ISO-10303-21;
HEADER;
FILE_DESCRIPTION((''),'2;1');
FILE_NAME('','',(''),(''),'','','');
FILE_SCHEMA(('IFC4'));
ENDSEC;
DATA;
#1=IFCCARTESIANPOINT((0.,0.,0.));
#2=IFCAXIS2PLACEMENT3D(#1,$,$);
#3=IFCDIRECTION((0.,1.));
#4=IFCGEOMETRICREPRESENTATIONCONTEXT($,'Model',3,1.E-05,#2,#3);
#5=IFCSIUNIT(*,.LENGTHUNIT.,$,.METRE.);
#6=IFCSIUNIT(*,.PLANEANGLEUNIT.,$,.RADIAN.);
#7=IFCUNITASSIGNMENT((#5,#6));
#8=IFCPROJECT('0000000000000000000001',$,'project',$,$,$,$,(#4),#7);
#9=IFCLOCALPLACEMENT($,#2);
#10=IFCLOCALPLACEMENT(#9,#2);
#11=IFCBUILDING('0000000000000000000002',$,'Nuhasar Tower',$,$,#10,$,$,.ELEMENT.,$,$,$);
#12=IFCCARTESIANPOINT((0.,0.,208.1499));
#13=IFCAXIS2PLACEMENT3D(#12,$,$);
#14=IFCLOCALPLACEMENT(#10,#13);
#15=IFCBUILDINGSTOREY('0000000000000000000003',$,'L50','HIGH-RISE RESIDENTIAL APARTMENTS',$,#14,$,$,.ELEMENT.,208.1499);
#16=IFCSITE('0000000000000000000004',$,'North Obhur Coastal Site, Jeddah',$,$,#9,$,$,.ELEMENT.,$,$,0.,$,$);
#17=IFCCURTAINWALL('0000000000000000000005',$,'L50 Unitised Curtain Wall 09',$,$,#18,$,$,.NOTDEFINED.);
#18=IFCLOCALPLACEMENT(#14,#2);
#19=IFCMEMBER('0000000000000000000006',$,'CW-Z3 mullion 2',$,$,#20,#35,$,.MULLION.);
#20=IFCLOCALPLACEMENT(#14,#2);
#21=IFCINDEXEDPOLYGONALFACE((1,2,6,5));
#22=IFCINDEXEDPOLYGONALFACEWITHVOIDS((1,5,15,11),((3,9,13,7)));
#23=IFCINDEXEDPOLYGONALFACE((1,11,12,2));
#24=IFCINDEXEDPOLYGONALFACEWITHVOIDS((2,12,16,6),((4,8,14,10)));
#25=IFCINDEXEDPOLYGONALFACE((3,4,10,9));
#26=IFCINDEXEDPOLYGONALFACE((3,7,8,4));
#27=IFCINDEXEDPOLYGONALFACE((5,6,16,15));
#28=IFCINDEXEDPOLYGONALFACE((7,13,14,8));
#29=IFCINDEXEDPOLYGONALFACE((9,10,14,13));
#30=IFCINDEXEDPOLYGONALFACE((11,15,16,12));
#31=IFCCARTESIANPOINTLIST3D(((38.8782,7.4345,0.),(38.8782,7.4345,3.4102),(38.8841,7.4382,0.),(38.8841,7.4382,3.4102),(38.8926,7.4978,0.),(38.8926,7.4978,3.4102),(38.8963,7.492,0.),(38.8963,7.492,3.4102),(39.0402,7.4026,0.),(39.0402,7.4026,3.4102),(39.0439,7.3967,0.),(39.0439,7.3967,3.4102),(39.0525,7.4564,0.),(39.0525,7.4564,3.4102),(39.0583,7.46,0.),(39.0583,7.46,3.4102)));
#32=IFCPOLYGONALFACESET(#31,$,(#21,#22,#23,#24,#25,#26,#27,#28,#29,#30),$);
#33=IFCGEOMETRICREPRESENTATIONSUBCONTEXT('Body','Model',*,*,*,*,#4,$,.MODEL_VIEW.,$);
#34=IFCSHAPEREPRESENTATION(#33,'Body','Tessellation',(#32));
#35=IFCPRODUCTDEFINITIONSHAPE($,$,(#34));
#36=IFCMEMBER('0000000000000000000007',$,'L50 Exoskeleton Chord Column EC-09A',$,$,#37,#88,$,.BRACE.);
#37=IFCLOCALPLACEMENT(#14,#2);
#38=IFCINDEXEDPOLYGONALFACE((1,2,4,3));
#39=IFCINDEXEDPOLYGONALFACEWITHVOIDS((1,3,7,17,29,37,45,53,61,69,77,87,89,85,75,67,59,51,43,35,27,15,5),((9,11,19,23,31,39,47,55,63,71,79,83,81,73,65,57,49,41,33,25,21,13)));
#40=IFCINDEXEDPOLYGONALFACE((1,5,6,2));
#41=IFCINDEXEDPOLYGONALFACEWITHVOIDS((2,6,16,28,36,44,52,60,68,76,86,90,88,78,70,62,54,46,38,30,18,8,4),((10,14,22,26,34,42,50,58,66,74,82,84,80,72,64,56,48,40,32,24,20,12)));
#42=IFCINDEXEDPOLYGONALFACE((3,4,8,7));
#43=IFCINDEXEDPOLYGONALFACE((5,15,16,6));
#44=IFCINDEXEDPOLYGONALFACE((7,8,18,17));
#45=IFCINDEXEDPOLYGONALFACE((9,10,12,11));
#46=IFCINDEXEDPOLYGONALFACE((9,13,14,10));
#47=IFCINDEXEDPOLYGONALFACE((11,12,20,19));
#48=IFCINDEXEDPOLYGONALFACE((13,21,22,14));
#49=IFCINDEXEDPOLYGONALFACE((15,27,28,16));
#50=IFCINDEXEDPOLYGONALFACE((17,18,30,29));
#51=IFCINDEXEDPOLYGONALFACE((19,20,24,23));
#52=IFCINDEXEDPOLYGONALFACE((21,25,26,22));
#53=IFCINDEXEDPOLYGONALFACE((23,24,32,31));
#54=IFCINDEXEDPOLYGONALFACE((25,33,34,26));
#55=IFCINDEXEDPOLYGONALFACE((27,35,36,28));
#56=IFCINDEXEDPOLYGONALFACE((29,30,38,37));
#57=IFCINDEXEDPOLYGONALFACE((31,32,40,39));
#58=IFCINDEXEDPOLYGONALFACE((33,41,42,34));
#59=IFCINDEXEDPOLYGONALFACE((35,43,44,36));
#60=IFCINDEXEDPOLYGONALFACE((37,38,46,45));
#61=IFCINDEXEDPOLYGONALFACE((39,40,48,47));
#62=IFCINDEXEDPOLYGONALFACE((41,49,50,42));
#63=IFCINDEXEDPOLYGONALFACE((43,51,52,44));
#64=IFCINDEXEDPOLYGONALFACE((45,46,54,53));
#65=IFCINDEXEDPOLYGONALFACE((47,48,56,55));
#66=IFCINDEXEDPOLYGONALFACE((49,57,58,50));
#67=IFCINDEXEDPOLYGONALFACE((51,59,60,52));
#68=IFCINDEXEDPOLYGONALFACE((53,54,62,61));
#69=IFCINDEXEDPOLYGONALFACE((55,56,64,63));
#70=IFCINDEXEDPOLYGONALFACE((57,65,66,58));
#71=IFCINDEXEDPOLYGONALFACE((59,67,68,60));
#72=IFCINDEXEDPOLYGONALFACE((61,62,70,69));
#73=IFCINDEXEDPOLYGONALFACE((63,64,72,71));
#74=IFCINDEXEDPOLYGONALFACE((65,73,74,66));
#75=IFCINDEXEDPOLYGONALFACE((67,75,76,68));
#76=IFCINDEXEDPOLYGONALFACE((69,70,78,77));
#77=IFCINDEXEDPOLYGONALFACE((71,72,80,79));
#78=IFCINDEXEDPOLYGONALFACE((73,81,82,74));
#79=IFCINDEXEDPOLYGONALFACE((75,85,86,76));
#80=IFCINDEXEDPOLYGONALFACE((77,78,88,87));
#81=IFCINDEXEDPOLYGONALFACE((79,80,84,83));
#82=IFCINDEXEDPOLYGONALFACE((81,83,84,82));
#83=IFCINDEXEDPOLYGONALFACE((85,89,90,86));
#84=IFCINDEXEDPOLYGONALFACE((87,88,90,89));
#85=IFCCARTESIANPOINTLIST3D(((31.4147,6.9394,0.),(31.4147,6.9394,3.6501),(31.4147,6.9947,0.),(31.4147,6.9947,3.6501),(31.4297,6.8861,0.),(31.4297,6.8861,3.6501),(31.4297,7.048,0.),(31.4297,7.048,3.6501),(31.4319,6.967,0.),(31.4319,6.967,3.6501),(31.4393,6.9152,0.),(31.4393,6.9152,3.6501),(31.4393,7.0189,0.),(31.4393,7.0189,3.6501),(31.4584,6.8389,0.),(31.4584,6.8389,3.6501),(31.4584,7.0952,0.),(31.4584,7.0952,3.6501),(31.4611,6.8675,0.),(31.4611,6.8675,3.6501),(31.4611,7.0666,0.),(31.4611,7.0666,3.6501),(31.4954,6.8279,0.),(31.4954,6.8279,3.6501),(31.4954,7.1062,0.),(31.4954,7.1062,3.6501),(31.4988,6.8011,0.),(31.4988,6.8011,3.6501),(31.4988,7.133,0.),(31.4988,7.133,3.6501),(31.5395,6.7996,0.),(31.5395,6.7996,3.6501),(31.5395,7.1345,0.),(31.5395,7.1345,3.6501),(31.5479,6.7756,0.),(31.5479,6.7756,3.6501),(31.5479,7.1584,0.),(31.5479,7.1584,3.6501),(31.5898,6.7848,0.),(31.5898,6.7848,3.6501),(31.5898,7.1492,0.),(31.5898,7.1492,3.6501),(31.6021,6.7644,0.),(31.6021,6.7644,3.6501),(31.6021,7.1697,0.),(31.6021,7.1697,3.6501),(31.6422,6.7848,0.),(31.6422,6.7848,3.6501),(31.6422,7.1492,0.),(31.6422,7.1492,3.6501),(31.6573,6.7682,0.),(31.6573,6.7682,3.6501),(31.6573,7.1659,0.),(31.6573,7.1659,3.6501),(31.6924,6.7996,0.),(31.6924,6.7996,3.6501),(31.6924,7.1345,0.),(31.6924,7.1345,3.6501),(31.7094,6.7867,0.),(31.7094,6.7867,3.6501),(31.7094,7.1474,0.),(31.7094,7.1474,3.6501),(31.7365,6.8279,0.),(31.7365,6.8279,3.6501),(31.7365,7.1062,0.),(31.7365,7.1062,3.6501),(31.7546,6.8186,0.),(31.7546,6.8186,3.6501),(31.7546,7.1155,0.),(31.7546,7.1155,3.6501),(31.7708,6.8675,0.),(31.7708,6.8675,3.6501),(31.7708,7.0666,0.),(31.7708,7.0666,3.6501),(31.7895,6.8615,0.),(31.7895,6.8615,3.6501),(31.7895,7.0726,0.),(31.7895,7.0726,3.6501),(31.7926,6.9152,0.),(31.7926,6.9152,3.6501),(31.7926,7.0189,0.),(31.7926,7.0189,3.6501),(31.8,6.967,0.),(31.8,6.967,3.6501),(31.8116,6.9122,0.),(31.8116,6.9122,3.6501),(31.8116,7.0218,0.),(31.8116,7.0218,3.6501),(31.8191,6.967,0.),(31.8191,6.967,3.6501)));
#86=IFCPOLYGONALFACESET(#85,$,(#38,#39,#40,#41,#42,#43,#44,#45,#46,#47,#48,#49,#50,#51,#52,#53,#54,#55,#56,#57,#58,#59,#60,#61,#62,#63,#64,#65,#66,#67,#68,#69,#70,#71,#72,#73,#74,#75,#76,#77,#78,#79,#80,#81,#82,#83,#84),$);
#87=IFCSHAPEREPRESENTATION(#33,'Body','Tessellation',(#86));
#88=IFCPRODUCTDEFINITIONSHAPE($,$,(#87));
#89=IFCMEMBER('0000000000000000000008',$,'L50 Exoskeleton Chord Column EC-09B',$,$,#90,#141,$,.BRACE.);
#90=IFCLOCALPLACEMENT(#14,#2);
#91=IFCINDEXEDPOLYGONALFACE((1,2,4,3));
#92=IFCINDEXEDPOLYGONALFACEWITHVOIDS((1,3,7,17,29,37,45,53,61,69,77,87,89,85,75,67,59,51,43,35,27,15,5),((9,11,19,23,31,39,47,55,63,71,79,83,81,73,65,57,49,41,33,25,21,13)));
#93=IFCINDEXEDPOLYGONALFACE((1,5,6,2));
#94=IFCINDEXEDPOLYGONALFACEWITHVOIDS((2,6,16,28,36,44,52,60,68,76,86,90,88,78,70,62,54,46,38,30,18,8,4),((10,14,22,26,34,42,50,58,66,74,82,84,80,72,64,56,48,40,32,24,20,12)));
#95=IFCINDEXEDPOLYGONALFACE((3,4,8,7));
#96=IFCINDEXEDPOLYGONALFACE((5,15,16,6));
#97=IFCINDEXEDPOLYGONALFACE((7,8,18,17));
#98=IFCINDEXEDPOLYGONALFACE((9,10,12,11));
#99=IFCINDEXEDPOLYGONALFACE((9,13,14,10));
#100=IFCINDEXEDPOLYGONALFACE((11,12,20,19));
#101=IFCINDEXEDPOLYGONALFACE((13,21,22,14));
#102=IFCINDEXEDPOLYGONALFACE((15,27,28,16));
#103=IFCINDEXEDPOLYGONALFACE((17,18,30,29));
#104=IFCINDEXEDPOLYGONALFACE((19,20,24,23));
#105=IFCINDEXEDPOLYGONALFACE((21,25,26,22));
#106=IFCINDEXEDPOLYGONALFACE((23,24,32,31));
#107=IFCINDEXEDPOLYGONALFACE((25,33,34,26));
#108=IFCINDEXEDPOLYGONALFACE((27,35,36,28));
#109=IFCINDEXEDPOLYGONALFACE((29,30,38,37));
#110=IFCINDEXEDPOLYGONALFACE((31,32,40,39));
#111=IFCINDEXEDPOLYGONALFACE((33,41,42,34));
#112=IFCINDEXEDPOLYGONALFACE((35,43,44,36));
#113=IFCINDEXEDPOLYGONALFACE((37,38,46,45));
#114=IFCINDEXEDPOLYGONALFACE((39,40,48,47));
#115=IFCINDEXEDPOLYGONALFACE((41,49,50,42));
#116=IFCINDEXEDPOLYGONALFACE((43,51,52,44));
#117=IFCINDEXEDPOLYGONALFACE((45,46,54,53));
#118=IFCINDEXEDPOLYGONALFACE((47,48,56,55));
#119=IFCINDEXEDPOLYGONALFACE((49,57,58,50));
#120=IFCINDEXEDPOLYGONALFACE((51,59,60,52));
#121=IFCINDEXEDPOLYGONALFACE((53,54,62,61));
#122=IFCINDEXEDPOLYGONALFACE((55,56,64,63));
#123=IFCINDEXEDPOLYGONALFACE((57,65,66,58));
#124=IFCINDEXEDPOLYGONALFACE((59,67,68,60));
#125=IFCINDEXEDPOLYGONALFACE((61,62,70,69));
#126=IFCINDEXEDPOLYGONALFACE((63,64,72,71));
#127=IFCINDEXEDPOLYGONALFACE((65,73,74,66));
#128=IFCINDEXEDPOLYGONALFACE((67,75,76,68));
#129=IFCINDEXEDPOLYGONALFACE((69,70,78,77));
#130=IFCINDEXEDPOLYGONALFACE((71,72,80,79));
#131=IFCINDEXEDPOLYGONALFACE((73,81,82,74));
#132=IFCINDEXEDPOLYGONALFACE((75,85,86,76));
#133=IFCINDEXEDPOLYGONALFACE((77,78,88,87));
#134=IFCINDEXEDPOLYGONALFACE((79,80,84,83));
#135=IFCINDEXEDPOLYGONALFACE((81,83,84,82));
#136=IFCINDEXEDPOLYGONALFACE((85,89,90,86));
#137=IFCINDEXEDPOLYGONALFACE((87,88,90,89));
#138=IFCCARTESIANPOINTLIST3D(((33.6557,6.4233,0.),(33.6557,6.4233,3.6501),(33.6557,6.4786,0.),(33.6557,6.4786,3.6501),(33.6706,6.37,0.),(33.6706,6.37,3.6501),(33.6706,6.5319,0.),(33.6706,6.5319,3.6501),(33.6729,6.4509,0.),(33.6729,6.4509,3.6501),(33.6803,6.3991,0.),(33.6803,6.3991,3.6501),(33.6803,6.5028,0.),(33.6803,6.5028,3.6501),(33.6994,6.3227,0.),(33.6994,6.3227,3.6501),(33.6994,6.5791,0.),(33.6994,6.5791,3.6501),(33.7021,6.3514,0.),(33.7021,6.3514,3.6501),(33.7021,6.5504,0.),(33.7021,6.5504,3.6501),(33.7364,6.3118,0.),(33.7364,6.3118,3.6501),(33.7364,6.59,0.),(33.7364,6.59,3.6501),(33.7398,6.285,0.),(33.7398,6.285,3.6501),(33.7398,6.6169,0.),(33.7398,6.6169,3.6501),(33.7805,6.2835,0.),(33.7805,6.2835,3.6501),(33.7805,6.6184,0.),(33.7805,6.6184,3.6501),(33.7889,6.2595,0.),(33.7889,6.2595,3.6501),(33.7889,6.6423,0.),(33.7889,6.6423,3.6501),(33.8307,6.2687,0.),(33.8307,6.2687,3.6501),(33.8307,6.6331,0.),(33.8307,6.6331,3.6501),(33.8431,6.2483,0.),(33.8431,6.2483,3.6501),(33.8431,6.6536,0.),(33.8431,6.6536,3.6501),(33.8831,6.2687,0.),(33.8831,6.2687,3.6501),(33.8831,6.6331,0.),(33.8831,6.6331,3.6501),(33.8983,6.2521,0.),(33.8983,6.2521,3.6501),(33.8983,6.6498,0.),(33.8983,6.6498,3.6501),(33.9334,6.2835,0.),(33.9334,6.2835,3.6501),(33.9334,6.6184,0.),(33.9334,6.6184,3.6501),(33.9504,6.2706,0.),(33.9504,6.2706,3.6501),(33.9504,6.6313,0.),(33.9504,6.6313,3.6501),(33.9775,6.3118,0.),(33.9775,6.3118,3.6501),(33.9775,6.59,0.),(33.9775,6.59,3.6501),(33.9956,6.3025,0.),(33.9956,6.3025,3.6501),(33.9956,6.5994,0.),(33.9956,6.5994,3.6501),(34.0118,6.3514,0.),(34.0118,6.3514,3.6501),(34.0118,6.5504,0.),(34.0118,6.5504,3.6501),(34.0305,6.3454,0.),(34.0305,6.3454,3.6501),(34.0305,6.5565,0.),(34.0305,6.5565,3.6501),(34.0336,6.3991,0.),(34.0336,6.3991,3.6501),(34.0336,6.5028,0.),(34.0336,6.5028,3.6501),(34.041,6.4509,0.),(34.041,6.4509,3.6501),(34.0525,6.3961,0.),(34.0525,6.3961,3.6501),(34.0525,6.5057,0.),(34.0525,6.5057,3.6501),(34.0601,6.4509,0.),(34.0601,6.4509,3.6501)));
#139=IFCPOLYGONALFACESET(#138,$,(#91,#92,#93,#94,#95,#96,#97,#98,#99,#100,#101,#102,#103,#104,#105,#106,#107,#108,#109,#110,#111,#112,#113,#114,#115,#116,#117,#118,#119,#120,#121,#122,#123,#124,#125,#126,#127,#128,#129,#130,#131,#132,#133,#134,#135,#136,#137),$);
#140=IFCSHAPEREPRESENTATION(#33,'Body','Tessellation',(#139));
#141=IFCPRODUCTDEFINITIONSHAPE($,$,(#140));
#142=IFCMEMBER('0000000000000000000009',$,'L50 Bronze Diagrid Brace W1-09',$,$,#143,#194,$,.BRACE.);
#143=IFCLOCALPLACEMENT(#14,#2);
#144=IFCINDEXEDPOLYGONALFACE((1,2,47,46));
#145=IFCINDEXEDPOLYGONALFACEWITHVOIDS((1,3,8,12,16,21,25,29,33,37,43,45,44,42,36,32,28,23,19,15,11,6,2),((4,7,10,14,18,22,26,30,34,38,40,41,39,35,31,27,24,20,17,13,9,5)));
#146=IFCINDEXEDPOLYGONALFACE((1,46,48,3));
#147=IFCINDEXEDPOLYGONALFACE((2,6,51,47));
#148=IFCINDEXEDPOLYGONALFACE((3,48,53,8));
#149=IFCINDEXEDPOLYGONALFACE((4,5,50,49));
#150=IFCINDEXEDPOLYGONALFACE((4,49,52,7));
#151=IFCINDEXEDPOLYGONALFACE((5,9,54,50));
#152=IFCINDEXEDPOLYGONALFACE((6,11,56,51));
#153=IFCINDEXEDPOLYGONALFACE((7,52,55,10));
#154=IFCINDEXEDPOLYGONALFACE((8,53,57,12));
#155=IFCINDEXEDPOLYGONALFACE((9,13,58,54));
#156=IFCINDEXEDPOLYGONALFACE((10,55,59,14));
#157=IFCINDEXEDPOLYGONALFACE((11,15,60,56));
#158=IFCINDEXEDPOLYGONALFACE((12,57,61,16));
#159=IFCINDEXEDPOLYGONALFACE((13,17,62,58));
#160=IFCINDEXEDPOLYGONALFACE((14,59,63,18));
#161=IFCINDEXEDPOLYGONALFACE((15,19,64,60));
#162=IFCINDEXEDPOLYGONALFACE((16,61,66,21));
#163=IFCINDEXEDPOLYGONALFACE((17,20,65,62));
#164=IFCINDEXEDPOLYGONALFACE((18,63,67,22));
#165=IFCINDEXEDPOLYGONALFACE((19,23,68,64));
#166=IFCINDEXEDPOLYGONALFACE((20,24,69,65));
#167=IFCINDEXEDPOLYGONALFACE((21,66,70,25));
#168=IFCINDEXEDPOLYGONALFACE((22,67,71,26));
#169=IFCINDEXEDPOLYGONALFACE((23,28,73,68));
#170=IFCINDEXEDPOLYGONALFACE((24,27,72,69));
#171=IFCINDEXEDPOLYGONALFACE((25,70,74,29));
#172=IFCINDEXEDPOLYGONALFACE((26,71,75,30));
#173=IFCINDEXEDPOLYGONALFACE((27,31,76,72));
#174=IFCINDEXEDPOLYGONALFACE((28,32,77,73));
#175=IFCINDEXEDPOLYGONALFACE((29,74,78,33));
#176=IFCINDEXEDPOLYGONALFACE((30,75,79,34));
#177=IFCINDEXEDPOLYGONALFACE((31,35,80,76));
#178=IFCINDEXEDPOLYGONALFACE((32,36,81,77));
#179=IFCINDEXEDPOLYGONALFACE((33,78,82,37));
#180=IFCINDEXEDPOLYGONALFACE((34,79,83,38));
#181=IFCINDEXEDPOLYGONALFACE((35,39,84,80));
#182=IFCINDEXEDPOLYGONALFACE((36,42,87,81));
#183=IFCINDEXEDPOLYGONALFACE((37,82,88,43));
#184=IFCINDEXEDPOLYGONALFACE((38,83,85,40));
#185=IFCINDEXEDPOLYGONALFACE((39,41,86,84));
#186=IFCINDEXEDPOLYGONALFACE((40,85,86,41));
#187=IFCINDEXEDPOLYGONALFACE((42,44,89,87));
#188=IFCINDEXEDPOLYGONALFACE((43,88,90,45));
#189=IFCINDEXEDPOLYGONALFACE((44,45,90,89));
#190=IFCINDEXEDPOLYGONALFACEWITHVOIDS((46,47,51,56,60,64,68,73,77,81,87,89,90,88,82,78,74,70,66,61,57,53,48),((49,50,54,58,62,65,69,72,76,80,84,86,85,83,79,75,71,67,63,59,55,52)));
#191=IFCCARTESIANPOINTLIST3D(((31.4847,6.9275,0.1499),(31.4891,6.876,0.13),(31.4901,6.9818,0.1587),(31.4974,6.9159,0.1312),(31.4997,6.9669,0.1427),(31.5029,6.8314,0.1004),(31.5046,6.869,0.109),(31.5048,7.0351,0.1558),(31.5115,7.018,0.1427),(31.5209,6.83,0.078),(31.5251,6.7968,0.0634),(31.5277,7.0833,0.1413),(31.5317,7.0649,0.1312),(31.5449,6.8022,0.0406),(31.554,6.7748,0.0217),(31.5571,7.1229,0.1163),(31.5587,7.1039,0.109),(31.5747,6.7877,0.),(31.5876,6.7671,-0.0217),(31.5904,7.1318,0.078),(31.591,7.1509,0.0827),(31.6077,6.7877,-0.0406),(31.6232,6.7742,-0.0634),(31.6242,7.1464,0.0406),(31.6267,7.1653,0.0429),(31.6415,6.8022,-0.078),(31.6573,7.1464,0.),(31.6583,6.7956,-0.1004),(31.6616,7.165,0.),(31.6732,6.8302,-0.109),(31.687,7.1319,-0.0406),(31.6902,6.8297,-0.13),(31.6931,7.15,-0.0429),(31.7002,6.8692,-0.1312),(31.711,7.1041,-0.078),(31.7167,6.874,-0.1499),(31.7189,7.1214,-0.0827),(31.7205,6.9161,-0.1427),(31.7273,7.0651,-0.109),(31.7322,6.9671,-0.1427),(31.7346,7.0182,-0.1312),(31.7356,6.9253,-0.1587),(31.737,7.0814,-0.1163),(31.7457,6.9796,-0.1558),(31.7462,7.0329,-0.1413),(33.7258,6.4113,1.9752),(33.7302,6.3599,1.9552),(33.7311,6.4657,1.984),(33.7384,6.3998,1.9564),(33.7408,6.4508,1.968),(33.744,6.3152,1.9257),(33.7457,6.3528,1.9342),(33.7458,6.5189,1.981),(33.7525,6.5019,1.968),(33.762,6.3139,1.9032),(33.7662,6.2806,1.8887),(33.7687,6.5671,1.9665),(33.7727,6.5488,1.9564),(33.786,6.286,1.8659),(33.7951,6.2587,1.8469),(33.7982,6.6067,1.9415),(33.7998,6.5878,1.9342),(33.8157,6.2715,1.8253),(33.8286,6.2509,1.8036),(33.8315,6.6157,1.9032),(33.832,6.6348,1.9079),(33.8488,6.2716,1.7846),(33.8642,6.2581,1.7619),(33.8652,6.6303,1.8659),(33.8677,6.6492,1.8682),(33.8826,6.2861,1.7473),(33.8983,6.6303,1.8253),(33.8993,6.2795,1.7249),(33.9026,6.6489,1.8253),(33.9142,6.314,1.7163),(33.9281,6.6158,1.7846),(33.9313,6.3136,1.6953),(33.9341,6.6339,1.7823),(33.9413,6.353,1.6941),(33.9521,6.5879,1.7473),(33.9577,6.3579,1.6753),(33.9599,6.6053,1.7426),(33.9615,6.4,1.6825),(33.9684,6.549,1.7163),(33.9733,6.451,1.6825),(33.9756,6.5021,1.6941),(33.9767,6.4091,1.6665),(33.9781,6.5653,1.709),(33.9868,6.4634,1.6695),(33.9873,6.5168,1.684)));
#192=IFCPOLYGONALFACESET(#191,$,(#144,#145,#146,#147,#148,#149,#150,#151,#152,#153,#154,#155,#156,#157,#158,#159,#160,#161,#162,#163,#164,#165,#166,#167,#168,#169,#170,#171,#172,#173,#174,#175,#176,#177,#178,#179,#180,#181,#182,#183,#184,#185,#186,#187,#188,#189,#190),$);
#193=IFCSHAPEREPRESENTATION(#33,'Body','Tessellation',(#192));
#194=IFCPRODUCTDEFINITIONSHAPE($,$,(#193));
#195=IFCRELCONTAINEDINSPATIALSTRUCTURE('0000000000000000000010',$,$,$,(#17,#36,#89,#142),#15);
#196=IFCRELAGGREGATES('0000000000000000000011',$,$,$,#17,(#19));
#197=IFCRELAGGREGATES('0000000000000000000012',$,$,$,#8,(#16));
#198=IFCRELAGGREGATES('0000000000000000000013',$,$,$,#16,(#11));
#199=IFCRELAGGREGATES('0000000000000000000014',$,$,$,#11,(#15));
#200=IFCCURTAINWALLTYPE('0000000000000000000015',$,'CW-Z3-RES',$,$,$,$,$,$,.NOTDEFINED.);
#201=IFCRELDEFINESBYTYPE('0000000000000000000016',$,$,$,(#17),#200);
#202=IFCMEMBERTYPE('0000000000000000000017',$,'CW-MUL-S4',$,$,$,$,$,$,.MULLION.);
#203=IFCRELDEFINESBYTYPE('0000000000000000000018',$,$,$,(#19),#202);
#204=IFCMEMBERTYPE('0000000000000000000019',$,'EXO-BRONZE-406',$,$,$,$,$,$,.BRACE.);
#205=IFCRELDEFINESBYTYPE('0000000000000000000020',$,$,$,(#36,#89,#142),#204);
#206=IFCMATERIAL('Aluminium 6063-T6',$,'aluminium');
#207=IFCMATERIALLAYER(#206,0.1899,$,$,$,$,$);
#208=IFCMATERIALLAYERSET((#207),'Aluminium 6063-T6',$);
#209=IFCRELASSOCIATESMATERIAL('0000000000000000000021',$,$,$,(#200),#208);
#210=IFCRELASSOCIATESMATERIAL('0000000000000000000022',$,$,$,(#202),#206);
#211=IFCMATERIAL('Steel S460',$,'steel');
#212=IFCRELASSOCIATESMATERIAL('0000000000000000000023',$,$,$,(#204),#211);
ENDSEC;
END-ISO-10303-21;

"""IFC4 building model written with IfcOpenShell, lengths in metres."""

from ifc_helpers import new_model, si_unit, direction, frame, origin, origin_2d, place, context, subcontext, project, spatial, hollow_rectangle, hollow_circle, extrude, material, layer, layer_set, material_profile, profile_set, type_object, element, aggregate, save


model = new_model("IFC4")

# Units and contexts
model_context = context("Model", 3, precision=1e-05, world=origin(), true_north=direction((0.0, 1.0)))
body_context = subcontext(model_context, "Body", "Model", "MODEL_VIEW")
ifc_project = project(units=[si_unit("LENGTHUNIT", "METRE"), si_unit("PLANEANGLEUNIT", "RADIAN")], contexts=[model_context])

# Site, building, storey
site_placement = place(None, origin())
site = spatial("IfcSite", under=ifc_project, at=site_placement, Name="North Obhur Coastal Site, Jeddah", CompositionType="ELEMENT", RefElevation=0.0)
building_placement = place(site_placement, origin())
building = spatial("IfcBuilding", under=site, at=building_placement, Name="Nuhasar Tower", CompositionType="ELEMENT")
storey_placement = place(building_placement, frame((0.0, 0.0, 208.1499)))
storey = spatial("IfcBuildingStorey", under=building, at=storey_placement, Name="L50", Description="HIGH-RISE RESIDENTIAL APARTMENTS", CompositionType="ELEMENT", Elevation=208.1499)

# Curtain wall, member
ifc_material_1 = material(Name="Aluminium 6063-T6", Category="aluminium")
ifc_layer_1 = layer(ifc_material_1, 0.1899)
ifc_layer_set_1 = layer_set([ifc_layer_1], Name="Aluminium 6063-T6")
curtain_wall_type = type_object("IfcCurtainWallType", Name="CW-Z3-RES", PredefinedType="NOTDEFINED", material=ifc_layer_set_1)
curtain_wall_placement = place(storey_placement, origin())
curtain_wall = element("IfcCurtainWall", 1, at=curtain_wall_placement, inside=storey, type_object=curtain_wall_type, Name="L50 Unitised Curtain Wall 09", PredefinedType="NOTDEFINED")
ifc_material_profile_1 = material_profile(ifc_material_1, hollow_rectangle(XDim=0.0649, YDim=0.1699, WallThickness=0.0049, at=origin_2d()), Name="CWM-4")
ifc_profile_set_1 = profile_set([ifc_material_profile_1], Name="Aluminium 6063-T6")
member_type_1 = type_object("IfcMemberType", Name="CW-MUL-S4", PredefinedType="MULLION", material=ifc_profile_set_1)
member_1_placement = place(storey_placement, frame((38.9683, 7.4473, 0.0), z_axis=(0.0, 0.0, 1.0), x_axis=(0.222243, 0.974991, 0.0)))
member_1 = element("IfcMember", 2, at=member_1_placement, type_object=member_type_1, Name="CW-Z3 mullion 2", PredefinedType="MULLION", context=body_context, shape_type="SweptSolid", body=[
    extrude(hollow_rectangle(XDim=0.0649, YDim=0.1699, WallThickness=0.0049, at=origin_2d()), origin(), (0.0, 0.0, 1.0), 3.4102),
])

# Members
ifc_material_2 = material(Name="Steel S460", Category="steel")
ifc_material_profile_2 = material_profile(ifc_material_2, hollow_circle(Radius=0.2031, WallThickness=0.019, at=origin_2d()), Name="HSS406.4X19.1")
ifc_profile_set_2 = profile_set([ifc_material_profile_2], Name="Steel S460")
member_type_2 = type_object("IfcMemberType", Name="EXO-BRONZE-406", PredefinedType="BRACE", material=ifc_profile_set_2)
for number, where, z_axis, x_axis, name in (
    (3, (31.616, 6.967, 0.0), (0.0, 0.0, 1.0), (1.0, 0.0, 0.0), "L50 Exoskeleton Chord Column EC-09A"),
    (4, (33.8569, 6.4509, 0.0), (0.0, 0.0, 1.0), (1.0, 0.0, 0.0), "L50 Exoskeleton Chord Column EC-09B"),
):
    element("IfcMember", number, at=place(storey_placement, frame(where, z_axis=z_axis, x_axis=x_axis)), inside=storey, type_object=member_type_2, Name=name, PredefinedType="BRACE", context=body_context, shape_type="SweptSolid", body=[
        extrude(hollow_circle(Radius=0.2031, WallThickness=0.019, at=origin_2d()), origin(), (0.0, 0.0, 1.0), 3.6501),
    ])
member_2_placement = place(storey_placement, frame((31.616, 6.967, 0.0), z_axis=(0.763292, -0.175793, 0.621677), x_axis=(0.224433, 0.97449, 0.0)))
element("IfcMember", 5, at=member_2_placement, inside=storey, type_object=member_type_2, Name="L50 Bronze Diagrid Brace W1-09", PredefinedType="BRACE", context=body_context, shape_type="SweptSolid", body=[
    extrude(hollow_circle(Radius=0.2031, WallThickness=0.019, at=origin_2d()), origin(), (0.0, 0.0, 1.0), 2.936),
])

aggregate(curtain_wall, [member_1])

save(model, "model.ifc")
